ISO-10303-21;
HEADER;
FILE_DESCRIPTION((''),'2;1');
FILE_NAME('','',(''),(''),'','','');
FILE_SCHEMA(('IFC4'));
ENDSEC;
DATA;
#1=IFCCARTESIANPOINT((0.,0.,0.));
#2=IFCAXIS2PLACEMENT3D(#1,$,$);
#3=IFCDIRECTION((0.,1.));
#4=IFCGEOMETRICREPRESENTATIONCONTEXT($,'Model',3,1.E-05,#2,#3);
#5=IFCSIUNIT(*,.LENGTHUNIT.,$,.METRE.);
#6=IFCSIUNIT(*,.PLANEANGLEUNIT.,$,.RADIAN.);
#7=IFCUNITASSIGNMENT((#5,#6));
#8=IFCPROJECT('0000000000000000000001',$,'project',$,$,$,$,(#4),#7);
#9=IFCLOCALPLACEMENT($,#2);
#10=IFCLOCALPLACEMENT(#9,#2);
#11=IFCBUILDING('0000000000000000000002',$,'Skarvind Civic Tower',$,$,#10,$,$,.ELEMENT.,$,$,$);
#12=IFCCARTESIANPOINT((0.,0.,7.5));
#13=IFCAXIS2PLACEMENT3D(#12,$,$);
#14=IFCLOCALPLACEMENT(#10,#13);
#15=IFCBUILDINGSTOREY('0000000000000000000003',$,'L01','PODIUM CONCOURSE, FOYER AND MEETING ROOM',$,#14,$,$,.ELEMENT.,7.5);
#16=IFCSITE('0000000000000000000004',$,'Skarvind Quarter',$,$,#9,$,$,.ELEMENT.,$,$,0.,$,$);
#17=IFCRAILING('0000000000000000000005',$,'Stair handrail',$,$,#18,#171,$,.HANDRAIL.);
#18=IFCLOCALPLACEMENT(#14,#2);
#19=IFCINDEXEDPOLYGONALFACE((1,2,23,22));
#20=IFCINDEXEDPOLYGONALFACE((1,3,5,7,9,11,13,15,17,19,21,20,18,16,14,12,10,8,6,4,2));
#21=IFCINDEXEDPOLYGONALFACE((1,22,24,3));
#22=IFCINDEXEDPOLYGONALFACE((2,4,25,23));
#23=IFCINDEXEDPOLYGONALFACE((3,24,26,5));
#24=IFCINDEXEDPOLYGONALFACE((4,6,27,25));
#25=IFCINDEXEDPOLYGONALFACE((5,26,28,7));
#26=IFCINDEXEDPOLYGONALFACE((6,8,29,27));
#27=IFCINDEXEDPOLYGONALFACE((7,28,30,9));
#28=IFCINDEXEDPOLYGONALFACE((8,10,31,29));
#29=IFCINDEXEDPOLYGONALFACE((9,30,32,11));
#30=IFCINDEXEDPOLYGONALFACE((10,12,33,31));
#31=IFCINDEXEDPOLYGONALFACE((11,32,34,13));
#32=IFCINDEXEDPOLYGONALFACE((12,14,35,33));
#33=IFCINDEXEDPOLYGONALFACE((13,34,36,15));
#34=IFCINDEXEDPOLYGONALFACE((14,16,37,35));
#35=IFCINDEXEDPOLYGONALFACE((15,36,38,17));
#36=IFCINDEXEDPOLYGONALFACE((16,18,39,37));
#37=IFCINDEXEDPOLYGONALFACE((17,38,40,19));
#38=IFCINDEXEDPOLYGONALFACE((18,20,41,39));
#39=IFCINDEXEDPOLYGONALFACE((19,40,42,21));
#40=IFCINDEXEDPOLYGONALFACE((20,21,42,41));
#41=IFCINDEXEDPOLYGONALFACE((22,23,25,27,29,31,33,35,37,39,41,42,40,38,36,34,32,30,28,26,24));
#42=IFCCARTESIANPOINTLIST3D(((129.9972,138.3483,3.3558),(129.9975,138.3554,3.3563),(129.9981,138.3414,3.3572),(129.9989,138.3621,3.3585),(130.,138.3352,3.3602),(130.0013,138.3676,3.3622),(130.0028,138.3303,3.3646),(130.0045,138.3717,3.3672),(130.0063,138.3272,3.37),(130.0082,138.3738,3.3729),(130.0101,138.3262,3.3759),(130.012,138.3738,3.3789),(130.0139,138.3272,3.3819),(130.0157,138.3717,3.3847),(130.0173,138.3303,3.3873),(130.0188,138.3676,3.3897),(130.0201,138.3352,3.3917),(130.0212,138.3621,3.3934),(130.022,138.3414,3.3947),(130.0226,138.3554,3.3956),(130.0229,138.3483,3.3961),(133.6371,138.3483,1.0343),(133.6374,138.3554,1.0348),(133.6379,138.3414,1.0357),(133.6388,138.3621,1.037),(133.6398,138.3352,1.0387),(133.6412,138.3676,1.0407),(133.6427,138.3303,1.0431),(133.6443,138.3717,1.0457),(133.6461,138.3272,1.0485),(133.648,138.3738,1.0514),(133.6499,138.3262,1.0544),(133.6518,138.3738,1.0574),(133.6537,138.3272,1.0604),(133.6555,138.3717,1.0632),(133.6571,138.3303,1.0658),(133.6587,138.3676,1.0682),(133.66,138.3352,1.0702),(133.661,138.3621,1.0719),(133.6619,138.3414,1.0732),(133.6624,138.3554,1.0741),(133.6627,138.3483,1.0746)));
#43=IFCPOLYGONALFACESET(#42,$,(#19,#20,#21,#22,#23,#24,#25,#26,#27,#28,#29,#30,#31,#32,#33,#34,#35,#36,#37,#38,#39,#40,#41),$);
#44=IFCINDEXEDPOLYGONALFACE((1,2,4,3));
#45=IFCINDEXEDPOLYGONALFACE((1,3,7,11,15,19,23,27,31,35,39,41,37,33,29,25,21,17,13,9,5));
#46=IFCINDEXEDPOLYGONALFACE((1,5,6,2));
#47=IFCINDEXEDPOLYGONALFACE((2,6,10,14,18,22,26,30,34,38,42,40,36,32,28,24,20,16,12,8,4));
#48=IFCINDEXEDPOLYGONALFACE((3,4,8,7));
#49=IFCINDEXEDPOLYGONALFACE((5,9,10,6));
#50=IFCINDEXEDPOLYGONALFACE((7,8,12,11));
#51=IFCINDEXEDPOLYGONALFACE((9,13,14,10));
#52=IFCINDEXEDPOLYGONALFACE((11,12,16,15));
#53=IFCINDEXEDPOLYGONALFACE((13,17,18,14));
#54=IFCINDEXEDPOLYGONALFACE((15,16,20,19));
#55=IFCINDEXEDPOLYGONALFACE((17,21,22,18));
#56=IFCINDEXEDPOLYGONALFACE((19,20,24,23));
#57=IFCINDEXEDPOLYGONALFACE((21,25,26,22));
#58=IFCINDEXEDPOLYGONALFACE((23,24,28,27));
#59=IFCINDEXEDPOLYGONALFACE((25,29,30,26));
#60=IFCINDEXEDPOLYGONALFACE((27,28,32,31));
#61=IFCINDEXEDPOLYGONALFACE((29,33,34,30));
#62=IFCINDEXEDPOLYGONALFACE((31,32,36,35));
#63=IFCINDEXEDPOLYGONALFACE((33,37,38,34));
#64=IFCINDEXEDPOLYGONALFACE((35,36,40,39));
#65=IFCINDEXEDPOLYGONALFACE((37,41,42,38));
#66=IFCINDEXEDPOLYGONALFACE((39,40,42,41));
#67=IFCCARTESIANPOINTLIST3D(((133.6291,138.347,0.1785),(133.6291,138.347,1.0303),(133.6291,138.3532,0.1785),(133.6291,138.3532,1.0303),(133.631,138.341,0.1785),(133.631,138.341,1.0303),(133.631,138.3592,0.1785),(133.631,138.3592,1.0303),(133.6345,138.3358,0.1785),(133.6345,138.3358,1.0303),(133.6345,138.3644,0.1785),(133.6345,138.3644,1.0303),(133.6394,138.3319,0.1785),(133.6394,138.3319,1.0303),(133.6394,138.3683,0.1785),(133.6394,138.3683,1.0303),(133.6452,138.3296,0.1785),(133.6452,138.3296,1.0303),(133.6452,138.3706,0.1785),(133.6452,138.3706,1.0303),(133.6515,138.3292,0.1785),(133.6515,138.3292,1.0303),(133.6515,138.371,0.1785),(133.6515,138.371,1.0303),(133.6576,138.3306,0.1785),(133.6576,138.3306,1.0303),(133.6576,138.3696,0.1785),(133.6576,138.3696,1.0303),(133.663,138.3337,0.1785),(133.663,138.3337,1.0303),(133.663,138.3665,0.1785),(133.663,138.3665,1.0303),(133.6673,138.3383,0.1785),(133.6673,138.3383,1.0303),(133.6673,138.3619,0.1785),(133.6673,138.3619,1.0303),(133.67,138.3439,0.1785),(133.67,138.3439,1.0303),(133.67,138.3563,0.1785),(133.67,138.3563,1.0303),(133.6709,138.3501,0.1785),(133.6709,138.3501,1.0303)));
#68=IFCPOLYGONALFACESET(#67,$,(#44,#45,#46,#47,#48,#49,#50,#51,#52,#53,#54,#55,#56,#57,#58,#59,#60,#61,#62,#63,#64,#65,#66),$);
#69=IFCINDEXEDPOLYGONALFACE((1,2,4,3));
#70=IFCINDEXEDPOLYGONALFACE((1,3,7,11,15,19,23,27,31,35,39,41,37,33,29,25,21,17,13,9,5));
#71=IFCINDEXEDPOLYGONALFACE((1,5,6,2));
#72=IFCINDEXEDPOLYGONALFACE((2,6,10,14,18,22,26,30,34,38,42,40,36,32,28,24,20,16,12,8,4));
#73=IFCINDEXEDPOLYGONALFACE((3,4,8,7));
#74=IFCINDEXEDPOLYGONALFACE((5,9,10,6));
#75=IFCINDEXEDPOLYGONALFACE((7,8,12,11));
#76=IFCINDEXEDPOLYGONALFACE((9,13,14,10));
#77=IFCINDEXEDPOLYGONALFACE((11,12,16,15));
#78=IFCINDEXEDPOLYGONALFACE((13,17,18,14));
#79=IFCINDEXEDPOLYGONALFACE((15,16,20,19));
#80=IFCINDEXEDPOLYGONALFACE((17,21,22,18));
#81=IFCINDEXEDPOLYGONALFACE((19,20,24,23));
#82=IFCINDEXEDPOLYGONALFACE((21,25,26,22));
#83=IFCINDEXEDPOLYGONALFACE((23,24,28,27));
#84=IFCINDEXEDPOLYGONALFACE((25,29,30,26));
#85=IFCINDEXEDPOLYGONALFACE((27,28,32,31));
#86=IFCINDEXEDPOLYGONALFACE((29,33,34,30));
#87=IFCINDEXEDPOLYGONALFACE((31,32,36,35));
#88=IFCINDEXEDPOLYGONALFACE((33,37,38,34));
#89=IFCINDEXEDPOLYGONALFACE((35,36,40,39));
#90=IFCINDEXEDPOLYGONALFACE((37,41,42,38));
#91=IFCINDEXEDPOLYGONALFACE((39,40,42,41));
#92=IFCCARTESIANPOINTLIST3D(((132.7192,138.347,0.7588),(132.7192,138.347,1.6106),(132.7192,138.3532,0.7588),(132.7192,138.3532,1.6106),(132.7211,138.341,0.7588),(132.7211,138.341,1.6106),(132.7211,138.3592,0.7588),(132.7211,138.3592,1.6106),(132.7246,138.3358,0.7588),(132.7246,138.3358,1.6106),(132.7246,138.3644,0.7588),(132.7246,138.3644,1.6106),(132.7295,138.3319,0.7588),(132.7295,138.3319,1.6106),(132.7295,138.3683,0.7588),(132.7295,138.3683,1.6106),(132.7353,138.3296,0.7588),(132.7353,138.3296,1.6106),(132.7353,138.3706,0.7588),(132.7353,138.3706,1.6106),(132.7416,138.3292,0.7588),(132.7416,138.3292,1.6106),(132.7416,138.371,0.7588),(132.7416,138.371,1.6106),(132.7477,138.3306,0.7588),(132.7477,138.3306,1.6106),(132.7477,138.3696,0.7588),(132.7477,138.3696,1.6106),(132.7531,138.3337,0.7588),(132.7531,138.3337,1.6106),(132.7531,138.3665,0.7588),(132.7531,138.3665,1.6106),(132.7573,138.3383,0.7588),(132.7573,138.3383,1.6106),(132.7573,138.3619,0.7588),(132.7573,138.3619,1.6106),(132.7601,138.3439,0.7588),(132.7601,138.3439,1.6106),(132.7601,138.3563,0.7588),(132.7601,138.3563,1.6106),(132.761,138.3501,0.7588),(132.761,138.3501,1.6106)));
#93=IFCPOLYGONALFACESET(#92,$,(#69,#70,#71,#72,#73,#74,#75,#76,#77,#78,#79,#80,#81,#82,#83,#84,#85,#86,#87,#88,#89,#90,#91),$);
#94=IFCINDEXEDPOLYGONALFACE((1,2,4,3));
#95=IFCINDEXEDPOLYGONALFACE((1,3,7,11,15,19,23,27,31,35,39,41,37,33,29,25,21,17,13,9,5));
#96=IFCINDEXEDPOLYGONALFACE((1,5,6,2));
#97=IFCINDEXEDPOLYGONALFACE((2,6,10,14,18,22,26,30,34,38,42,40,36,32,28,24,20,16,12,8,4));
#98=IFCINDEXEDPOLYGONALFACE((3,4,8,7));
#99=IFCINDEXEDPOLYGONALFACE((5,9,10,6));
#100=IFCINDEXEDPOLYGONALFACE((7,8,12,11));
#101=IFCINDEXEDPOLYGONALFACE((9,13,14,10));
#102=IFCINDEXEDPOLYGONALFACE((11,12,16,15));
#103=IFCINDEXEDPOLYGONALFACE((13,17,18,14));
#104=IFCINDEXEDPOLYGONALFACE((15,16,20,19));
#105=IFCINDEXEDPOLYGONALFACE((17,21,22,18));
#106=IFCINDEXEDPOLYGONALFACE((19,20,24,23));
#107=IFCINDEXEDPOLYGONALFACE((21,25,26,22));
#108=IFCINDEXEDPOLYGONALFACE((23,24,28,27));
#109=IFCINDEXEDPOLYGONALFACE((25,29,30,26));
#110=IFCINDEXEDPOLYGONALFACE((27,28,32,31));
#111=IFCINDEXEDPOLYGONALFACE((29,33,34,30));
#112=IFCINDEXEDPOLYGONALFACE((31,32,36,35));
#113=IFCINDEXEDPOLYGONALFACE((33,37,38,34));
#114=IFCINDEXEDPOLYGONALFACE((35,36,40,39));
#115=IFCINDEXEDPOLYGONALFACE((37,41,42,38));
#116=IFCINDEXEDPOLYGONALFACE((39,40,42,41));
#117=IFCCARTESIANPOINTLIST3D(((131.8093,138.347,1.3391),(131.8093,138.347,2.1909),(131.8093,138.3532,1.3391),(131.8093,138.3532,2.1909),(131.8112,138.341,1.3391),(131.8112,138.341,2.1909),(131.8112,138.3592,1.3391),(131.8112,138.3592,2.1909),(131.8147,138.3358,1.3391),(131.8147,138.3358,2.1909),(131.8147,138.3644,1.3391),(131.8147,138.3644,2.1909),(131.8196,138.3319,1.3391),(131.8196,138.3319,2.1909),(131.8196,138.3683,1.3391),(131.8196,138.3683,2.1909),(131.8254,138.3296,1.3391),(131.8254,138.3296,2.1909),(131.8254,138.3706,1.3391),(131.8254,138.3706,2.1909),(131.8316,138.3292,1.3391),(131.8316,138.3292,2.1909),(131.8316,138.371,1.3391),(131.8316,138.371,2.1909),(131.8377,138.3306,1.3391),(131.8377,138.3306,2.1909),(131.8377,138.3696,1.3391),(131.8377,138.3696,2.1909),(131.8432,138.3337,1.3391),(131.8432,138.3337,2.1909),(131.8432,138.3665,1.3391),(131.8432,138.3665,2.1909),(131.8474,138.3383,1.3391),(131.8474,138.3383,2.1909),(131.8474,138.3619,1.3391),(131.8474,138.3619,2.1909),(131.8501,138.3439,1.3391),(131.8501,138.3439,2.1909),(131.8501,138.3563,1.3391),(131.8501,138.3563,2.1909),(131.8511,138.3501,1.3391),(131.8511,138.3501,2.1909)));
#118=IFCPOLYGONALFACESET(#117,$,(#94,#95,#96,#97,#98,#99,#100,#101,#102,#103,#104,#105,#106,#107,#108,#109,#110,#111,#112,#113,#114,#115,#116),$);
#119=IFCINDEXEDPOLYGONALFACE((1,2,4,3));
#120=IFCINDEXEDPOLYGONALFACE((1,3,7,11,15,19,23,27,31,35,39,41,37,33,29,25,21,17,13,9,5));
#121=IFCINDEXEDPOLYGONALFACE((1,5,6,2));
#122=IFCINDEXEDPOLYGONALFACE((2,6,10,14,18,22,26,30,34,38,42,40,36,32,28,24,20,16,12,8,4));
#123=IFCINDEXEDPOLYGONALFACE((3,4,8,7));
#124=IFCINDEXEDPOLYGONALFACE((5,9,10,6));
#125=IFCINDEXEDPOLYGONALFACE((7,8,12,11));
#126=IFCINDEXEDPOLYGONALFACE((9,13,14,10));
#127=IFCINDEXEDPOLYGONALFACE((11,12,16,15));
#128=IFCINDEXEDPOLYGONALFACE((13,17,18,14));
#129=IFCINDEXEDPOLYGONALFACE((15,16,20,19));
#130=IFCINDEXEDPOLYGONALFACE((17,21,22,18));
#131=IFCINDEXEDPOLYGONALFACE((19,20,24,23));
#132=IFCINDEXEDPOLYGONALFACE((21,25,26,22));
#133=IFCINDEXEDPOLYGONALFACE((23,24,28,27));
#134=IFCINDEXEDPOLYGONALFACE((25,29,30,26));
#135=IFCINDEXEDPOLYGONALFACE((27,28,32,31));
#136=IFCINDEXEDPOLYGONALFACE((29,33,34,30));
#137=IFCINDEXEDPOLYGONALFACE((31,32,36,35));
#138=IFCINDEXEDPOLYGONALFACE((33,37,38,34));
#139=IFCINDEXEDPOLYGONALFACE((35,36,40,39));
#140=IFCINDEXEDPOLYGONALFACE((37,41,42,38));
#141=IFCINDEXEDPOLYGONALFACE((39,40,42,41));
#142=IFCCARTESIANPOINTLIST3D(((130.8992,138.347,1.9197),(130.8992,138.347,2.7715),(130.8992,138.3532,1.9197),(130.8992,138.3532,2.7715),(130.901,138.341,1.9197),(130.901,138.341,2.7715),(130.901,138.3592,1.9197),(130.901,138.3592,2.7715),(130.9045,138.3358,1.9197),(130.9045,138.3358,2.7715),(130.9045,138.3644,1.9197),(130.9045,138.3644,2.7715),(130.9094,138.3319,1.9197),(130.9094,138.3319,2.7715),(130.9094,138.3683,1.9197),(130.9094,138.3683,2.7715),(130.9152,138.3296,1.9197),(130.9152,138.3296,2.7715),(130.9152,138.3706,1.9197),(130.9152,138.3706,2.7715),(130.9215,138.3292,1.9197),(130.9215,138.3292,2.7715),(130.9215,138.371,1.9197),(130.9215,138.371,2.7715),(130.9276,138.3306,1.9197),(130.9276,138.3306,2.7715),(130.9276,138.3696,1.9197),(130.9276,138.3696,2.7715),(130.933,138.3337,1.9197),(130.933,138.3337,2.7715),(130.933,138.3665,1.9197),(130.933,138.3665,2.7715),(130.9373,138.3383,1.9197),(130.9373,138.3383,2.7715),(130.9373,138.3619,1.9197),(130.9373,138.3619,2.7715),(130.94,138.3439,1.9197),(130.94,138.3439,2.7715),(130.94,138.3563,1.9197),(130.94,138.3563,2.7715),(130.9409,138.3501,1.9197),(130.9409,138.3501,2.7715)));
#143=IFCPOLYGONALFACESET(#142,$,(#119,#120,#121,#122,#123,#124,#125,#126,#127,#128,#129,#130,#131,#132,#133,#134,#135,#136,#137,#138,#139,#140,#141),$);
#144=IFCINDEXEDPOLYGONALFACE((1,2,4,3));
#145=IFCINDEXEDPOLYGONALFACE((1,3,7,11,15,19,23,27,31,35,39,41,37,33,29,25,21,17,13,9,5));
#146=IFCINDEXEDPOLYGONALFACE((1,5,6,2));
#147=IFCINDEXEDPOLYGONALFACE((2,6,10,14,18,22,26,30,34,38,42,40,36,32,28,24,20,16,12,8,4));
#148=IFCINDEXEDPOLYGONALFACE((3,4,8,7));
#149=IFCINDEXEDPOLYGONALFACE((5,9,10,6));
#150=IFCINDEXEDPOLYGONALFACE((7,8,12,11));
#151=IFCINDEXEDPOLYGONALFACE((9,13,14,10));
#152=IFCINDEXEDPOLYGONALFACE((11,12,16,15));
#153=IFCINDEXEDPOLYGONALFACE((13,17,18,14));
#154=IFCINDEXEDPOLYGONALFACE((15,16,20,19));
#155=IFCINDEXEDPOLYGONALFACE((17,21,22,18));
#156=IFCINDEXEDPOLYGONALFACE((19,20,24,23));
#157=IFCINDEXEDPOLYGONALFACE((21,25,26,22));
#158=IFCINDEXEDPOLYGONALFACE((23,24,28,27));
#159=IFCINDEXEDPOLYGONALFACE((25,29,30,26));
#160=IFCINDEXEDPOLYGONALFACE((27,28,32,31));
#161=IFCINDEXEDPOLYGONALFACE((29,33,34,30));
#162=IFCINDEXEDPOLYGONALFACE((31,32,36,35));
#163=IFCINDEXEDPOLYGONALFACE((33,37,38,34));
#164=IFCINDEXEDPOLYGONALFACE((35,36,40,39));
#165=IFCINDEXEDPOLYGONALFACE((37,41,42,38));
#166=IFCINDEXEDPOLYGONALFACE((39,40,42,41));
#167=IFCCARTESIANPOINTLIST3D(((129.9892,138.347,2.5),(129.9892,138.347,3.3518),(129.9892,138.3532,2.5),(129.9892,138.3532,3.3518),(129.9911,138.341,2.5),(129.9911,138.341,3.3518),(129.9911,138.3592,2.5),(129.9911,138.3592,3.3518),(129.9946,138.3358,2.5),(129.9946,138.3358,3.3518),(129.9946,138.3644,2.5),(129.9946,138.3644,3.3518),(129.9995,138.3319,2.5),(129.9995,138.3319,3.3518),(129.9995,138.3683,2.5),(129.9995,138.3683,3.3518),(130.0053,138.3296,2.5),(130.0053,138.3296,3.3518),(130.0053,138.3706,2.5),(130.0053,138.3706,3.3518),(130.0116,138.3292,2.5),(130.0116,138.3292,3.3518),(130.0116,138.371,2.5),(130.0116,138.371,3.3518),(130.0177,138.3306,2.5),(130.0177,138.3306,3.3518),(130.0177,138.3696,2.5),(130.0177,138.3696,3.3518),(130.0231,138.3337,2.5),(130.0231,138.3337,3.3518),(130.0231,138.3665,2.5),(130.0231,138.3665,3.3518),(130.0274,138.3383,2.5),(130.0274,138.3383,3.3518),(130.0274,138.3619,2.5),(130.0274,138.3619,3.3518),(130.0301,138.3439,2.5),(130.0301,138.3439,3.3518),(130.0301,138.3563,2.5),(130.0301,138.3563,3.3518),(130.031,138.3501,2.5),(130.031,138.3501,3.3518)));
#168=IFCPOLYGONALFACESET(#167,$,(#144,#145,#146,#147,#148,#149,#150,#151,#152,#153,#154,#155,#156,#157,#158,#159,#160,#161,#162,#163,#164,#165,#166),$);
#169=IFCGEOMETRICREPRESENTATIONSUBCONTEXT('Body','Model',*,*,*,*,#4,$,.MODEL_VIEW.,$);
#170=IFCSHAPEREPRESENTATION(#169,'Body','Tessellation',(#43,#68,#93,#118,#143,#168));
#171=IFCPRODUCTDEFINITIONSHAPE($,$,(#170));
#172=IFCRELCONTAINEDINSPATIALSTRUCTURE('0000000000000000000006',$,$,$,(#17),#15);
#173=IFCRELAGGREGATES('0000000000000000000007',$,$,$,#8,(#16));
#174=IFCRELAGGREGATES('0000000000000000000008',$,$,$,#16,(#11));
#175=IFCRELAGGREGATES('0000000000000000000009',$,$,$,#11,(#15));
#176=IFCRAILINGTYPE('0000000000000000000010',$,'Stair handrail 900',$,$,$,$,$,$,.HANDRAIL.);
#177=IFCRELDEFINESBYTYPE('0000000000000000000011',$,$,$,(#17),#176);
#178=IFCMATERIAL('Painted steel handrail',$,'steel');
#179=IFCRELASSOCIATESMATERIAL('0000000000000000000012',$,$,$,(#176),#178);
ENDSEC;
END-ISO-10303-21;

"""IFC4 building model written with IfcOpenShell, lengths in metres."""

from ifc_helpers import new_model, si_unit, direction, frame, origin, origin_2d, place, context, subcontext, project, spatial, circle, extrude, material, type_object, element, save


model = new_model("IFC4")

# Units and contexts
model_context = context("Model", 3, precision=1e-05, world=origin(), true_north=direction((0.0, 1.0)))
body_context = subcontext(model_context, "Body", "Model", "MODEL_VIEW")
ifc_project = project(units=[si_unit("LENGTHUNIT", "METRE"), si_unit("PLANEANGLEUNIT", "RADIAN")], contexts=[model_context])

# Site, building, storey
site_placement = place(None, origin())
site = spatial("IfcSite", under=ifc_project, at=site_placement, Name="Skarvind Quarter", CompositionType="ELEMENT", RefElevation=0.0)
building_placement = place(site_placement, origin())
building = spatial("IfcBuilding", under=site, at=building_placement, Name="Skarvind Civic Tower", CompositionType="ELEMENT")
storey_placement = place(building_placement, frame((0.0, 0.0, 7.5)))
storey = spatial("IfcBuildingStorey", under=building, at=storey_placement, Name="L01", Description="PODIUM CONCOURSE, FOYER AND MEETING ROOM", CompositionType="ELEMENT", Elevation=7.5)

# Railing
ifc_material_1 = material(Name="Painted steel handrail", Category="steel")
railing_type = type_object("IfcRailingType", Name="Stair handrail 900", PredefinedType="HANDRAIL", material=ifc_material_1)
railing_1_placement = place(storey_placement, frame((133.6499, 138.3501, 0.1785)))
element("IfcRailing", 1, at=railing_1_placement, inside=storey, type_object=railing_type, Name="Stair handrail", PredefinedType="HANDRAIL", context=body_context, shape_type="SweptSolid", body=[
    extrude(circle(Radius=0.0239, at=origin_2d()), frame((0.0, 0.0, 0.876), z_axis=(-0.843112, 0.0, 0.537739), x_axis=(0.0, -1.0, 0.0)), (0.0, 0.0, 1.0), 4.3171),
    extrude(circle(Radius=0.021, at=origin_2d()), origin(), (0.0, 0.0, 1.0), 0.8518),
    extrude(circle(Radius=0.021, at=origin_2d()), frame((-0.9099, 0.0, 0.5803)), (0.0, 0.0, 1.0), 0.8518),
    extrude(circle(Radius=0.021, at=origin_2d()), frame((-1.8198, 0.0, 1.1606)), (0.0, 0.0, 1.0), 0.8518),
    extrude(circle(Radius=0.021, at=origin_2d()), frame((-2.73, 0.0, 1.7412)), (0.0, 0.0, 1.0), 0.8518),
    extrude(circle(Radius=0.021, at=origin_2d()), frame((-3.6399, 0.0, 2.3215)), (0.0, 0.0, 1.0), 0.8518),
])

save(model, "model.ifc")
